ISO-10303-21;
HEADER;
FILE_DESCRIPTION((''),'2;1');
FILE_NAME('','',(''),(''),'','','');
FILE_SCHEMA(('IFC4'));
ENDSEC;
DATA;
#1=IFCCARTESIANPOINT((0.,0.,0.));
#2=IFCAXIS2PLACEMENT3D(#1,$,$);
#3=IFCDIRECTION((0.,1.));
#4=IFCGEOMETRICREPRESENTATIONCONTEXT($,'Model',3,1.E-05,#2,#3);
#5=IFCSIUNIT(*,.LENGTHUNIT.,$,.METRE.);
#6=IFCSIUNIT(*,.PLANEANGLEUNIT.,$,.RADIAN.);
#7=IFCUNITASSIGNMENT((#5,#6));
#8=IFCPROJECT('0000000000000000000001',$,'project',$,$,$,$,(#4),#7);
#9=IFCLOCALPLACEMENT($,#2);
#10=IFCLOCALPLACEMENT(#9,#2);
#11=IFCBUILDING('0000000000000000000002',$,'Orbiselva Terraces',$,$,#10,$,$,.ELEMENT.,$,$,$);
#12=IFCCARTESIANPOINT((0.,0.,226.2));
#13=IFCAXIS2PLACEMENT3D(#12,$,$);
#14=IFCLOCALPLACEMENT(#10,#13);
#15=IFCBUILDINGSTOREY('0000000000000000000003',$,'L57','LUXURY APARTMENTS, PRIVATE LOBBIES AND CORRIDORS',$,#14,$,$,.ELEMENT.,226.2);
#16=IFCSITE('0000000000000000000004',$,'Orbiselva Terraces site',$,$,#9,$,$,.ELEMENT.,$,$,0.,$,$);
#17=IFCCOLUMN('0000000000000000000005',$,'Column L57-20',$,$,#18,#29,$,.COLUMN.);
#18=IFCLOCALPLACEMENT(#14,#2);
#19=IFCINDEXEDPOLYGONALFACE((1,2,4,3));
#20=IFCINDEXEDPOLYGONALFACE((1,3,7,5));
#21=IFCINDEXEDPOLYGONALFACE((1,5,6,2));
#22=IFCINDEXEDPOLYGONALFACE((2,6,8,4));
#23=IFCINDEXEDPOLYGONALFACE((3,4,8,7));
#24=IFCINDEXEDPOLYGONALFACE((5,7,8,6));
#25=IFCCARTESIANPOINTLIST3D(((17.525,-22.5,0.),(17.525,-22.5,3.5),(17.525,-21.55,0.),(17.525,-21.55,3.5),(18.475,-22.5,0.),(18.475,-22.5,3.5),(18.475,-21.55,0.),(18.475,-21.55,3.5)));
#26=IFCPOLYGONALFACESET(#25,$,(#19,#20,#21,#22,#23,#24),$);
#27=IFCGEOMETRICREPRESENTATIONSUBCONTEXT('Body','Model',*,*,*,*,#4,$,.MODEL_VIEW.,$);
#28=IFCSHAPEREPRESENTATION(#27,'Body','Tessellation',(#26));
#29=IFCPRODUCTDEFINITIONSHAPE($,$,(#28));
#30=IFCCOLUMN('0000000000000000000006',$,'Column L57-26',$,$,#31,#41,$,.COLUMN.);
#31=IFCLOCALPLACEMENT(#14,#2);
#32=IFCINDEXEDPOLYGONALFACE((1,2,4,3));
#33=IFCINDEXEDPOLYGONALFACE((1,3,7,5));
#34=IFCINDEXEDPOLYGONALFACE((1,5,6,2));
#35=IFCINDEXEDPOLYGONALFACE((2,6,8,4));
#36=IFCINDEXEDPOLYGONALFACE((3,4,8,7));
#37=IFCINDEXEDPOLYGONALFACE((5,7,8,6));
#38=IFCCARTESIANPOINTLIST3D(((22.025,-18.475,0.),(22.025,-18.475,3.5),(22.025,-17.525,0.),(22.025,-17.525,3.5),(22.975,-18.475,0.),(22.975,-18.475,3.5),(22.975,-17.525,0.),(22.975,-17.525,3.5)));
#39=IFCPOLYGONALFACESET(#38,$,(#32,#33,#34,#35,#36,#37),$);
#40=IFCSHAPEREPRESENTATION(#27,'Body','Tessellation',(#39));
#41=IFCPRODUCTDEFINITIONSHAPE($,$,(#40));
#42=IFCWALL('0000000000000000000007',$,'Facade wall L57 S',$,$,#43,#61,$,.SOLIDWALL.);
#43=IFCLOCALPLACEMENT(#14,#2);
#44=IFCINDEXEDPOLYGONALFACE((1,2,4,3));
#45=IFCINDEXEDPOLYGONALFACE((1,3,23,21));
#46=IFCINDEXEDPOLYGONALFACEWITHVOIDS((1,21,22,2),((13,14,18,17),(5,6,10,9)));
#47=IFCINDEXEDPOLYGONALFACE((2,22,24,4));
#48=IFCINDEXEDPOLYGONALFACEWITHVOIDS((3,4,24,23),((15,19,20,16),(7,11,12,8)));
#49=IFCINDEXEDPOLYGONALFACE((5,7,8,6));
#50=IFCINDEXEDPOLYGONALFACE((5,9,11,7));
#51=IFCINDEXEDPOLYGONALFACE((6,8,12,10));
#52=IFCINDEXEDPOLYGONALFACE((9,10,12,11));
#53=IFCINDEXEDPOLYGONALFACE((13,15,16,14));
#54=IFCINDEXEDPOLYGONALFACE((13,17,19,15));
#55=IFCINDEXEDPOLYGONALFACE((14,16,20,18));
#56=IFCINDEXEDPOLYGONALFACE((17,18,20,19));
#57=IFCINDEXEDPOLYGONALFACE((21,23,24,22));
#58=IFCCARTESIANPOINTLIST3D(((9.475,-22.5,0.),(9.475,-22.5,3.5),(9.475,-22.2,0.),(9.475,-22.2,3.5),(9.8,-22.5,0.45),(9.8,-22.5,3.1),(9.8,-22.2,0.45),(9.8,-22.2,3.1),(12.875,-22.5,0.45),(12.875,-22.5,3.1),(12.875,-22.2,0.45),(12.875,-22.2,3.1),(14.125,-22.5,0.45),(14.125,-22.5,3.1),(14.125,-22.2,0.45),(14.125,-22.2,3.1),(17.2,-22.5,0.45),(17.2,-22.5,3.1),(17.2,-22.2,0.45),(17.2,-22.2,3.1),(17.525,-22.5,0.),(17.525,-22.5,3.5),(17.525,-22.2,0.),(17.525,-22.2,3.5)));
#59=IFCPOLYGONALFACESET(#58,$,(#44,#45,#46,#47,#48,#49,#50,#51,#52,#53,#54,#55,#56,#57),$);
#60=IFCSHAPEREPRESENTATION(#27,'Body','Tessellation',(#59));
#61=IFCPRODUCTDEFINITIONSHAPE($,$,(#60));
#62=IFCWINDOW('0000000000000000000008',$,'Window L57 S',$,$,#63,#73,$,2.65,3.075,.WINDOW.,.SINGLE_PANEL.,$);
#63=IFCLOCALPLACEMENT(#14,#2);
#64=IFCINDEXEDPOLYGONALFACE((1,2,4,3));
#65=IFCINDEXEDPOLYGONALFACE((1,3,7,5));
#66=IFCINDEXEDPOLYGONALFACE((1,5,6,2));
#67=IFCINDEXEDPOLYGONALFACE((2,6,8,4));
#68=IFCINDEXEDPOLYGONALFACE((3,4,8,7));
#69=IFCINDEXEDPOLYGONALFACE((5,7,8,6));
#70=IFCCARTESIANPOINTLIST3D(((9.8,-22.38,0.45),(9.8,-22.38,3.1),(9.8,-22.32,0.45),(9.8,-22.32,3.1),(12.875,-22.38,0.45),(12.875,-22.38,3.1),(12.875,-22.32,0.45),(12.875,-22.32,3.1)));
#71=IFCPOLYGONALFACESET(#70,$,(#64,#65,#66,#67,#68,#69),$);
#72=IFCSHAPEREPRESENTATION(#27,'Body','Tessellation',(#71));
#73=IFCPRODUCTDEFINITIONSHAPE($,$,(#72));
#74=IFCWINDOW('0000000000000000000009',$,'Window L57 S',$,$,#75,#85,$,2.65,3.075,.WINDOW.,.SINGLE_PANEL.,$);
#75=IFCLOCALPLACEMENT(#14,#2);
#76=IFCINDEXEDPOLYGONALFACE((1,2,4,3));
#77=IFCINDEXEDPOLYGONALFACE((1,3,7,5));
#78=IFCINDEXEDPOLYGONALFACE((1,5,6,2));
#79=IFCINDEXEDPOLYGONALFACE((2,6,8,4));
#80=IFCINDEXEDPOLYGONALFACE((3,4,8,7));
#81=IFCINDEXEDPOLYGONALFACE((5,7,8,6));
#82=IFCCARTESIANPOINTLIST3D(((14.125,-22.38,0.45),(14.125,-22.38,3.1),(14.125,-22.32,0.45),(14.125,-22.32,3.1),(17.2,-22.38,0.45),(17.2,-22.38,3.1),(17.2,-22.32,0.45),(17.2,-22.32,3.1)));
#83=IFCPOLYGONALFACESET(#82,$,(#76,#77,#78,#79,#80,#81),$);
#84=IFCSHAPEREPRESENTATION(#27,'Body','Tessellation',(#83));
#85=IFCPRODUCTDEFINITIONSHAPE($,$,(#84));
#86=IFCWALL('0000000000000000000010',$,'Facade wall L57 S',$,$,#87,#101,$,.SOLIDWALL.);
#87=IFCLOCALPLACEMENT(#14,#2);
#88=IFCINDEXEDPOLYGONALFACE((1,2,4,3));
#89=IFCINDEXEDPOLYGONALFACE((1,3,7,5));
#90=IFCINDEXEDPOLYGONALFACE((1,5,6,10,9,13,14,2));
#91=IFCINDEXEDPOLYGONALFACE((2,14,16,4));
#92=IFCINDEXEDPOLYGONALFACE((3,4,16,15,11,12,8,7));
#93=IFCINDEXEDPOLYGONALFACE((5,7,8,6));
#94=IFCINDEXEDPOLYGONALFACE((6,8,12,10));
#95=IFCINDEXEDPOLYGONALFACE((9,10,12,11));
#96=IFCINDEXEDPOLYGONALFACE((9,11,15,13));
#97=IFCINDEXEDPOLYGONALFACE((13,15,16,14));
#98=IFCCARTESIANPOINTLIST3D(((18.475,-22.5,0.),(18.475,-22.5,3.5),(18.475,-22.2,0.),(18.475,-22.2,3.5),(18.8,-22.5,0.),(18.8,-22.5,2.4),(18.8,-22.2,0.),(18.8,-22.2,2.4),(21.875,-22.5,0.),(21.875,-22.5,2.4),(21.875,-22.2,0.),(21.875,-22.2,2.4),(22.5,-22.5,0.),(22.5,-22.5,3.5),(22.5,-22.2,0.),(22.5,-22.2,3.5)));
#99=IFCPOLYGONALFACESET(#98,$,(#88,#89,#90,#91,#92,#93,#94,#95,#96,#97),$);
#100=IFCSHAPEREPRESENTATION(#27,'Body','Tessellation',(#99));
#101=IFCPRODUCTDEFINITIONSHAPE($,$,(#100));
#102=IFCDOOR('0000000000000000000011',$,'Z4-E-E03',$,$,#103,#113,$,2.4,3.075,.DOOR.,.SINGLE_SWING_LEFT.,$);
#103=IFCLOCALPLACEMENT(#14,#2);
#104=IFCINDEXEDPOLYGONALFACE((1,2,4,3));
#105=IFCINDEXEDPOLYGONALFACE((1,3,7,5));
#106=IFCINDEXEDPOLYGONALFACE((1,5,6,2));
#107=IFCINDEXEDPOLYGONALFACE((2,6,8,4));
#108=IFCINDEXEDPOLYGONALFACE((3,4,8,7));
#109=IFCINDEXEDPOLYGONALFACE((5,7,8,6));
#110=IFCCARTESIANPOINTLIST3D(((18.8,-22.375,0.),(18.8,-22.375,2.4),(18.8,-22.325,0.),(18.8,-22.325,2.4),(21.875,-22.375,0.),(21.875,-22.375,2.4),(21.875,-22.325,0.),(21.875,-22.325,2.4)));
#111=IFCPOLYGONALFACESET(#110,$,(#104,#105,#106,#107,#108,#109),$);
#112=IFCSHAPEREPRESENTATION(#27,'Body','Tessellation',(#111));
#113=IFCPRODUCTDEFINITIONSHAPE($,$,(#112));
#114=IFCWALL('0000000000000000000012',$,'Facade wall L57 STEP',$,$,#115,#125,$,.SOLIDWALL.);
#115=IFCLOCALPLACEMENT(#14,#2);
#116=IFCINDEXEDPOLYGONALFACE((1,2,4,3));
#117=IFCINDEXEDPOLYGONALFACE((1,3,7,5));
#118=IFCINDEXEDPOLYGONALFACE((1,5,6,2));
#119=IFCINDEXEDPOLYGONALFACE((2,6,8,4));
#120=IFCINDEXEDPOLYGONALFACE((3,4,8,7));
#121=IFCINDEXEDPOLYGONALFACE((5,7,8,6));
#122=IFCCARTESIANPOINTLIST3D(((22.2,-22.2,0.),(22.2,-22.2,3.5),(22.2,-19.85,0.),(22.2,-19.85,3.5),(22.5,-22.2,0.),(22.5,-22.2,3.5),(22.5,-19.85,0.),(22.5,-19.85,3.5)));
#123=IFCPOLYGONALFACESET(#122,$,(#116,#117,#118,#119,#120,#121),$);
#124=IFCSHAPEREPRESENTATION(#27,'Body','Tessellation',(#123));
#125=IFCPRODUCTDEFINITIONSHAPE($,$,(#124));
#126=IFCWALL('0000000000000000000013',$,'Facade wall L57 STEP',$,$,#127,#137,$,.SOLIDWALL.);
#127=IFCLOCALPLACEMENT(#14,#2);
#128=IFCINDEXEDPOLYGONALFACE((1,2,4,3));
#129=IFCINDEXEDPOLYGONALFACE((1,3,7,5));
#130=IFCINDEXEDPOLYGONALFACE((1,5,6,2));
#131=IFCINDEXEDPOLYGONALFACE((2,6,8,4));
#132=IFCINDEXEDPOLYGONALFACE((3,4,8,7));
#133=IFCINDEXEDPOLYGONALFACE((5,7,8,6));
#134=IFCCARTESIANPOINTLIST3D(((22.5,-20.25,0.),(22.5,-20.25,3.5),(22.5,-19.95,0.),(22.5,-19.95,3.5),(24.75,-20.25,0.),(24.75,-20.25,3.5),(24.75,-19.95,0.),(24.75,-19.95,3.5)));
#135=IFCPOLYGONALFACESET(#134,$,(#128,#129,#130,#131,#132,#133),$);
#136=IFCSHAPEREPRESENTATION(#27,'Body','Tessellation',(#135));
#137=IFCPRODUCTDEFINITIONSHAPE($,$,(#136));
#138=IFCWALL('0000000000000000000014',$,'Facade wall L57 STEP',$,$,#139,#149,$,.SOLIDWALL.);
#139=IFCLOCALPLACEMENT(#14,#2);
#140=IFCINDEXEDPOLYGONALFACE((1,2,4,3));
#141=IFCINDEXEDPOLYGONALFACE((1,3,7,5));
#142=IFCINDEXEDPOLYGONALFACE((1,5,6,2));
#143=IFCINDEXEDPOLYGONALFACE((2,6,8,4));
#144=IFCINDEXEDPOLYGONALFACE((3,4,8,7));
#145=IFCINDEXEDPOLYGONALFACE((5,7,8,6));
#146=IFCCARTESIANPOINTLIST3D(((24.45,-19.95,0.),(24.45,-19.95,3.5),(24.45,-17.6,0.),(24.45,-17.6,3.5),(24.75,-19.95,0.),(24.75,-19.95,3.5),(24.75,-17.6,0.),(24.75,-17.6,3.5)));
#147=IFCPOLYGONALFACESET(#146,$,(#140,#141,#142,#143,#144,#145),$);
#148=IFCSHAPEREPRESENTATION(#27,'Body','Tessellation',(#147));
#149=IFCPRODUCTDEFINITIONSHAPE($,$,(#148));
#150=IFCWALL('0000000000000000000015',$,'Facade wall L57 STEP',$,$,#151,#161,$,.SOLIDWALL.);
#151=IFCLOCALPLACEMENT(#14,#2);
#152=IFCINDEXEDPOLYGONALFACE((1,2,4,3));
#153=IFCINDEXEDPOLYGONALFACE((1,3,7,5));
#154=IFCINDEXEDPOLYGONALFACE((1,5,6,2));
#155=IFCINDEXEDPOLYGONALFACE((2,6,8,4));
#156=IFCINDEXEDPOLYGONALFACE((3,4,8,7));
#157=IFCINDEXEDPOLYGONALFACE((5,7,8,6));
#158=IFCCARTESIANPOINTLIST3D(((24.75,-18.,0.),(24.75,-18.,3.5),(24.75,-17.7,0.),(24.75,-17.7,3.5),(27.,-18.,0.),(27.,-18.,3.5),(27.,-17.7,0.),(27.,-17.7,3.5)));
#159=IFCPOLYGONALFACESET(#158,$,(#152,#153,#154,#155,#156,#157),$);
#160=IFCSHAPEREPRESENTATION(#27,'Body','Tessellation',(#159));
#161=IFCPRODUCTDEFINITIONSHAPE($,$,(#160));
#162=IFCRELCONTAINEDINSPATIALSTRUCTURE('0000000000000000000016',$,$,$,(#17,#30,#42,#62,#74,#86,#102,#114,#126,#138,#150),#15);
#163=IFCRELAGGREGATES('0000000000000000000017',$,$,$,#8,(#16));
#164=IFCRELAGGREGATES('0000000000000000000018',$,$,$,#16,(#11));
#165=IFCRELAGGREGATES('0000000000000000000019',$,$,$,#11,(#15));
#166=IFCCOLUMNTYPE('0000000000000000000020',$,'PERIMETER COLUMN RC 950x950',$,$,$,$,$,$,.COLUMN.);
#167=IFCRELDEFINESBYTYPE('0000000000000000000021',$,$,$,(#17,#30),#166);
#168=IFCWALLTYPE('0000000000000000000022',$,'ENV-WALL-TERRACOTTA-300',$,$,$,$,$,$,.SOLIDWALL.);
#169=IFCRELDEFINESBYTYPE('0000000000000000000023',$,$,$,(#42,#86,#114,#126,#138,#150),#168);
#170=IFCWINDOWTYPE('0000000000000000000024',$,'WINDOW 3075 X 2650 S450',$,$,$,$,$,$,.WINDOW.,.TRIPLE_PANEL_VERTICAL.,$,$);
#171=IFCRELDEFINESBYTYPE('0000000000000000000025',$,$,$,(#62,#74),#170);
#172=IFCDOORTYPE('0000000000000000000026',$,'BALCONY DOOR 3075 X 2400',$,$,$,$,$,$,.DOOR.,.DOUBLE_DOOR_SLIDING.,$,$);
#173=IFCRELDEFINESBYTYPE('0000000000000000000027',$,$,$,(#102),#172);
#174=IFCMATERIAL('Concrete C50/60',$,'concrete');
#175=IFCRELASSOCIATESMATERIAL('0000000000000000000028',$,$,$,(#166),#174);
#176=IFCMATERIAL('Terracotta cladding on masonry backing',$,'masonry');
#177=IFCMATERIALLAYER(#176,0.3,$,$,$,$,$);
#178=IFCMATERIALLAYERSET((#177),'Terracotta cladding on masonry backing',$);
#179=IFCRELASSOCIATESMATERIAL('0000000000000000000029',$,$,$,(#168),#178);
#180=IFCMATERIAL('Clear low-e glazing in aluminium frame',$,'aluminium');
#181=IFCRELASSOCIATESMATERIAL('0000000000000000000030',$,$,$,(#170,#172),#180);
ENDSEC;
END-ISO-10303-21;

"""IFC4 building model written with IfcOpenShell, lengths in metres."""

from ifc_helpers import new_model, si_unit, direction, frame, frame_2d, origin, origin_2d, place, context, subcontext, project, spatial, rectangle, extrude, material, layer, layer_set, material_profile, profile_set, type_object, element, fill, save


model = new_model("IFC4")

# Units and contexts
model_context = context("Model", 3, precision=1e-05, world=origin(), true_north=direction((0.0, 1.0)))
body_context = subcontext(model_context, "Body", "Model", "MODEL_VIEW")
ifc_project = project(units=[si_unit("LENGTHUNIT", "METRE"), si_unit("PLANEANGLEUNIT", "RADIAN")], contexts=[model_context])

# Site, building, storey
site_placement = place(None, origin())
site = spatial("IfcSite", under=ifc_project, at=site_placement, Name="Orbiselva Terraces site", CompositionType="ELEMENT", RefElevation=0.0)
building_placement = place(site_placement, origin())
building = spatial("IfcBuilding", under=site, at=building_placement, Name="Orbiselva Terraces", CompositionType="ELEMENT")
storey_placement = place(building_placement, frame((0.0, 0.0, 226.2)))
storey = spatial("IfcBuildingStorey", under=building, at=storey_placement, Name="L57", Description="LUXURY APARTMENTS, PRIVATE LOBBIES AND CORRIDORS", CompositionType="ELEMENT", Elevation=226.2)

# Columns
ifc_material_1 = material(Name="Concrete C50/60", Category="concrete")
ifc_material_profile = material_profile(ifc_material_1, rectangle(XDim=0.95, YDim=0.95, at=origin_2d()), Name="RC 950x950")
ifc_profile_set = profile_set([ifc_material_profile], Name="Concrete C50/60")
column_type = type_object("IfcColumnType", Name="PERIMETER COLUMN RC 950x950", PredefinedType="COLUMN", material=ifc_profile_set)
for number, where, z_axis, x_axis, name in (
    (1, (18.0, -22.025, 0.0), (0.0, 0.0, 1.0), (1.0, 0.0, 0.0), "Column L57-20"),
    (2, (22.5, -18.0, 0.0), (0.0, 0.0, 1.0), (1.0, 0.0, 0.0), "Column L57-26"),
):
    element("IfcColumn", number, at=place(storey_placement, frame(where, z_axis=z_axis, x_axis=x_axis)), inside=storey, type_object=column_type, Name=name, PredefinedType="COLUMN", context=body_context, shape_type="SweptSolid", body=[
        extrude(rectangle(XDim=0.95, YDim=0.95, at=origin_2d()), origin(), (0.0, 0.0, 1.0), 3.5),
    ])

# Wall, openings, windows
ifc_material_2 = material(Name="Terracotta cladding on masonry backing", Category="masonry")
ifc_layer_1 = layer(ifc_material_2, 0.3)
ifc_layer_set_1 = layer_set([ifc_layer_1], Name="Terracotta cladding on masonry backing")
wall_type_1 = type_object("IfcWallType", Name="ENV-WALL-TERRACOTTA-300", PredefinedType="SOLIDWALL", material=ifc_layer_set_1)
wall_1_placement = place(storey_placement, frame((17.525, -22.35, 0.0), z_axis=(0.0, 0.0, 1.0), x_axis=(-1.0, 0.0, 0.0)))
wall_1 = element("IfcWall", 3, at=wall_1_placement, inside=storey, type_object=wall_type_1, Name="Facade wall L57 S", PredefinedType="SOLIDWALL", context=body_context, shape_type="SweptSolid", body=[
    extrude(rectangle(XDim=8.05, YDim=0.3, at=frame_2d((4.025, 0.0))), origin(), (0.0, 0.0, 1.0), 3.5),
])
opening_1_placement = place(wall_1_placement, frame((4.65, 0.0, 0.45)))
opening_1 = element("IfcOpeningElement", 4, at=opening_1_placement, cuts=wall_1, PredefinedType="OPENING", context=body_context, shape_type="SweptSolid", body=[
    extrude(rectangle(XDim=3.075, YDim=2.65, at=frame_2d((1.5375, 1.325))), frame((0.0, 0.16, 0.0), z_axis=(0.0, -1.0, 0.0), x_axis=(1.0, 0.0, 0.0)), (0.0, 0.0, 1.0), 0.32),
])
opening_2_placement = place(wall_1_placement, frame((0.325, 0.0, 0.45)))
opening_2 = element("IfcOpeningElement", 5, at=opening_2_placement, cuts=wall_1, PredefinedType="OPENING", context=body_context, shape_type="SweptSolid", body=[
    extrude(rectangle(XDim=3.075, YDim=2.65, at=frame_2d((1.5375, 1.325))), frame((0.0, 0.16, 0.0), z_axis=(0.0, -1.0, 0.0), x_axis=(1.0, 0.0, 0.0)), (0.0, 0.0, 1.0), 0.32),
])
ifc_material_3 = material(Name="Clear low-e glazing in aluminium frame", Category="aluminium")
window_type = type_object("IfcWindowType", Name="WINDOW 3075 X 2650 S450", PartitioningType="TRIPLE_PANEL_VERTICAL", PredefinedType="WINDOW", material=ifc_material_3)
window_1_placement = place(opening_1_placement, origin())
window_1 = element("IfcWindow", 6, at=window_1_placement, inside=storey, type_object=window_type, Name="Window L57 S", OverallHeight=2.65, OverallWidth=3.075, PartitioningType="SINGLE_PANEL", PredefinedType="WINDOW", context=body_context, shape_type="SweptSolid", body=[
    extrude(rectangle(XDim=3.075, YDim=2.65, at=frame_2d((1.5375, 1.325))), frame((0.0, 0.03, 0.0), z_axis=(0.0, -1.0, 0.0), x_axis=(1.0, 0.0, 0.0)), (0.0, 0.0, 1.0), 0.06),
])
fill(opening_1, window_1)
window_2_placement = place(opening_2_placement, origin())
window_2 = element("IfcWindow", 7, at=window_2_placement, inside=storey, type_object=window_type, Name="Window L57 S", OverallHeight=2.65, OverallWidth=3.075, PartitioningType="SINGLE_PANEL", PredefinedType="WINDOW", context=body_context, shape_type="SweptSolid", body=[
    extrude(rectangle(XDim=3.075, YDim=2.65, at=frame_2d((1.5375, 1.325))), frame((0.0, 0.03, 0.0), z_axis=(0.0, -1.0, 0.0), x_axis=(1.0, 0.0, 0.0)), (0.0, 0.0, 1.0), 0.06),
])
fill(opening_2, window_2)

# Wall, opening, door
wall_2_placement = place(storey_placement, frame((22.5, -22.35, 0.0), z_axis=(0.0, 0.0, 1.0), x_axis=(-1.0, 0.0, 0.0)))
wall_2 = element("IfcWall", 8, at=wall_2_placement, inside=storey, type_object=wall_type_1, Name="Facade wall L57 S", PredefinedType="SOLIDWALL", context=body_context, shape_type="SweptSolid", body=[
    extrude(rectangle(XDim=4.025, YDim=0.3, at=frame_2d((2.0125, 0.0))), origin(), (0.0, 0.0, 1.0), 3.5),
])
opening_3_placement = place(wall_2_placement, frame((0.625, 0.0, 0.0)))
opening_3 = element("IfcOpeningElement", 9, at=opening_3_placement, cuts=wall_2, PredefinedType="OPENING", context=body_context, shape_type="SweptSolid", body=[
    extrude(rectangle(XDim=3.075, YDim=2.4, at=frame_2d((1.5375, 1.2))), frame((0.0, 0.16, 0.0), z_axis=(0.0, -1.0, 0.0), x_axis=(1.0, 0.0, 0.0)), (0.0, 0.0, 1.0), 0.32),
])
door_type_1 = type_object("IfcDoorType", Name="BALCONY DOOR 3075 X 2400", OperationType="DOUBLE_DOOR_SLIDING", PredefinedType="DOOR", material=ifc_material_3)
door_1_placement = place(opening_3_placement, origin())
door_1 = element("IfcDoor", 10, at=door_1_placement, inside=storey, type_object=door_type_1, Name="Z4-E-E03", OperationType="SINGLE_SWING_LEFT", OverallHeight=2.4, OverallWidth=3.075, PredefinedType="DOOR", context=body_context, shape_type="SweptSolid", body=[
    extrude(rectangle(XDim=3.075, YDim=2.4, at=frame_2d((1.5375, 1.2))), frame((0.0, 0.025, 0.0), z_axis=(0.0, -1.0, 0.0), x_axis=(1.0, 0.0, 0.0)), (0.0, 0.0, 1.0), 0.05),
])
fill(opening_3, door_1)

# Walls
wall_3_placement = place(storey_placement, frame((22.35, -19.85, 0.0), z_axis=(0.0, 0.0, 1.0), x_axis=(0.0, -1.0, 0.0)))
element("IfcWall", 11, at=wall_3_placement, inside=storey, type_object=wall_type_1, Name="Facade wall L57 STEP", PredefinedType="SOLIDWALL", context=body_context, shape_type="SweptSolid", body=[
    extrude(rectangle(XDim=2.35, YDim=0.3, at=frame_2d((1.175, 0.0))), origin(), (0.0, 0.0, 1.0), 3.5),
])
wall_4_placement = place(storey_placement, frame((24.75, -20.1, 0.0), z_axis=(0.0, 0.0, 1.0), x_axis=(-1.0, 0.0, 0.0)))
element("IfcWall", 12, at=wall_4_placement, inside=storey, type_object=wall_type_1, Name="Facade wall L57 STEP", PredefinedType="SOLIDWALL", context=body_context, shape_type="SweptSolid", body=[
    extrude(rectangle(XDim=2.25, YDim=0.3, at=frame_2d((1.125, 0.0))), origin(), (0.0, 0.0, 1.0), 3.5),
])
wall_5_placement = place(storey_placement, frame((24.6, -17.6, 0.0), z_axis=(0.0, 0.0, 1.0), x_axis=(0.0, -1.0, 0.0)))
element("IfcWall", 13, at=wall_5_placement, inside=storey, type_object=wall_type_1, Name="Facade wall L57 STEP", PredefinedType="SOLIDWALL", context=body_context, shape_type="SweptSolid", body=[
    extrude(rectangle(XDim=2.35, YDim=0.3, at=frame_2d((1.175, 0.0))), origin(), (0.0, 0.0, 1.0), 3.5),
])
wall_6_placement = place(storey_placement, frame((27.0, -17.85, 0.0), z_axis=(0.0, 0.0, 1.0), x_axis=(-1.0, 0.0, 0.0)))
element("IfcWall", 14, at=wall_6_placement, inside=storey, type_object=wall_type_1, Name="Facade wall L57 STEP", PredefinedType="SOLIDWALL", context=body_context, shape_type="SweptSolid", body=[
    extrude(rectangle(XDim=2.25, YDim=0.3, at=frame_2d((1.125, 0.0))), origin(), (0.0, 0.0, 1.0), 3.5),
])

save(model, "model.ifc")
